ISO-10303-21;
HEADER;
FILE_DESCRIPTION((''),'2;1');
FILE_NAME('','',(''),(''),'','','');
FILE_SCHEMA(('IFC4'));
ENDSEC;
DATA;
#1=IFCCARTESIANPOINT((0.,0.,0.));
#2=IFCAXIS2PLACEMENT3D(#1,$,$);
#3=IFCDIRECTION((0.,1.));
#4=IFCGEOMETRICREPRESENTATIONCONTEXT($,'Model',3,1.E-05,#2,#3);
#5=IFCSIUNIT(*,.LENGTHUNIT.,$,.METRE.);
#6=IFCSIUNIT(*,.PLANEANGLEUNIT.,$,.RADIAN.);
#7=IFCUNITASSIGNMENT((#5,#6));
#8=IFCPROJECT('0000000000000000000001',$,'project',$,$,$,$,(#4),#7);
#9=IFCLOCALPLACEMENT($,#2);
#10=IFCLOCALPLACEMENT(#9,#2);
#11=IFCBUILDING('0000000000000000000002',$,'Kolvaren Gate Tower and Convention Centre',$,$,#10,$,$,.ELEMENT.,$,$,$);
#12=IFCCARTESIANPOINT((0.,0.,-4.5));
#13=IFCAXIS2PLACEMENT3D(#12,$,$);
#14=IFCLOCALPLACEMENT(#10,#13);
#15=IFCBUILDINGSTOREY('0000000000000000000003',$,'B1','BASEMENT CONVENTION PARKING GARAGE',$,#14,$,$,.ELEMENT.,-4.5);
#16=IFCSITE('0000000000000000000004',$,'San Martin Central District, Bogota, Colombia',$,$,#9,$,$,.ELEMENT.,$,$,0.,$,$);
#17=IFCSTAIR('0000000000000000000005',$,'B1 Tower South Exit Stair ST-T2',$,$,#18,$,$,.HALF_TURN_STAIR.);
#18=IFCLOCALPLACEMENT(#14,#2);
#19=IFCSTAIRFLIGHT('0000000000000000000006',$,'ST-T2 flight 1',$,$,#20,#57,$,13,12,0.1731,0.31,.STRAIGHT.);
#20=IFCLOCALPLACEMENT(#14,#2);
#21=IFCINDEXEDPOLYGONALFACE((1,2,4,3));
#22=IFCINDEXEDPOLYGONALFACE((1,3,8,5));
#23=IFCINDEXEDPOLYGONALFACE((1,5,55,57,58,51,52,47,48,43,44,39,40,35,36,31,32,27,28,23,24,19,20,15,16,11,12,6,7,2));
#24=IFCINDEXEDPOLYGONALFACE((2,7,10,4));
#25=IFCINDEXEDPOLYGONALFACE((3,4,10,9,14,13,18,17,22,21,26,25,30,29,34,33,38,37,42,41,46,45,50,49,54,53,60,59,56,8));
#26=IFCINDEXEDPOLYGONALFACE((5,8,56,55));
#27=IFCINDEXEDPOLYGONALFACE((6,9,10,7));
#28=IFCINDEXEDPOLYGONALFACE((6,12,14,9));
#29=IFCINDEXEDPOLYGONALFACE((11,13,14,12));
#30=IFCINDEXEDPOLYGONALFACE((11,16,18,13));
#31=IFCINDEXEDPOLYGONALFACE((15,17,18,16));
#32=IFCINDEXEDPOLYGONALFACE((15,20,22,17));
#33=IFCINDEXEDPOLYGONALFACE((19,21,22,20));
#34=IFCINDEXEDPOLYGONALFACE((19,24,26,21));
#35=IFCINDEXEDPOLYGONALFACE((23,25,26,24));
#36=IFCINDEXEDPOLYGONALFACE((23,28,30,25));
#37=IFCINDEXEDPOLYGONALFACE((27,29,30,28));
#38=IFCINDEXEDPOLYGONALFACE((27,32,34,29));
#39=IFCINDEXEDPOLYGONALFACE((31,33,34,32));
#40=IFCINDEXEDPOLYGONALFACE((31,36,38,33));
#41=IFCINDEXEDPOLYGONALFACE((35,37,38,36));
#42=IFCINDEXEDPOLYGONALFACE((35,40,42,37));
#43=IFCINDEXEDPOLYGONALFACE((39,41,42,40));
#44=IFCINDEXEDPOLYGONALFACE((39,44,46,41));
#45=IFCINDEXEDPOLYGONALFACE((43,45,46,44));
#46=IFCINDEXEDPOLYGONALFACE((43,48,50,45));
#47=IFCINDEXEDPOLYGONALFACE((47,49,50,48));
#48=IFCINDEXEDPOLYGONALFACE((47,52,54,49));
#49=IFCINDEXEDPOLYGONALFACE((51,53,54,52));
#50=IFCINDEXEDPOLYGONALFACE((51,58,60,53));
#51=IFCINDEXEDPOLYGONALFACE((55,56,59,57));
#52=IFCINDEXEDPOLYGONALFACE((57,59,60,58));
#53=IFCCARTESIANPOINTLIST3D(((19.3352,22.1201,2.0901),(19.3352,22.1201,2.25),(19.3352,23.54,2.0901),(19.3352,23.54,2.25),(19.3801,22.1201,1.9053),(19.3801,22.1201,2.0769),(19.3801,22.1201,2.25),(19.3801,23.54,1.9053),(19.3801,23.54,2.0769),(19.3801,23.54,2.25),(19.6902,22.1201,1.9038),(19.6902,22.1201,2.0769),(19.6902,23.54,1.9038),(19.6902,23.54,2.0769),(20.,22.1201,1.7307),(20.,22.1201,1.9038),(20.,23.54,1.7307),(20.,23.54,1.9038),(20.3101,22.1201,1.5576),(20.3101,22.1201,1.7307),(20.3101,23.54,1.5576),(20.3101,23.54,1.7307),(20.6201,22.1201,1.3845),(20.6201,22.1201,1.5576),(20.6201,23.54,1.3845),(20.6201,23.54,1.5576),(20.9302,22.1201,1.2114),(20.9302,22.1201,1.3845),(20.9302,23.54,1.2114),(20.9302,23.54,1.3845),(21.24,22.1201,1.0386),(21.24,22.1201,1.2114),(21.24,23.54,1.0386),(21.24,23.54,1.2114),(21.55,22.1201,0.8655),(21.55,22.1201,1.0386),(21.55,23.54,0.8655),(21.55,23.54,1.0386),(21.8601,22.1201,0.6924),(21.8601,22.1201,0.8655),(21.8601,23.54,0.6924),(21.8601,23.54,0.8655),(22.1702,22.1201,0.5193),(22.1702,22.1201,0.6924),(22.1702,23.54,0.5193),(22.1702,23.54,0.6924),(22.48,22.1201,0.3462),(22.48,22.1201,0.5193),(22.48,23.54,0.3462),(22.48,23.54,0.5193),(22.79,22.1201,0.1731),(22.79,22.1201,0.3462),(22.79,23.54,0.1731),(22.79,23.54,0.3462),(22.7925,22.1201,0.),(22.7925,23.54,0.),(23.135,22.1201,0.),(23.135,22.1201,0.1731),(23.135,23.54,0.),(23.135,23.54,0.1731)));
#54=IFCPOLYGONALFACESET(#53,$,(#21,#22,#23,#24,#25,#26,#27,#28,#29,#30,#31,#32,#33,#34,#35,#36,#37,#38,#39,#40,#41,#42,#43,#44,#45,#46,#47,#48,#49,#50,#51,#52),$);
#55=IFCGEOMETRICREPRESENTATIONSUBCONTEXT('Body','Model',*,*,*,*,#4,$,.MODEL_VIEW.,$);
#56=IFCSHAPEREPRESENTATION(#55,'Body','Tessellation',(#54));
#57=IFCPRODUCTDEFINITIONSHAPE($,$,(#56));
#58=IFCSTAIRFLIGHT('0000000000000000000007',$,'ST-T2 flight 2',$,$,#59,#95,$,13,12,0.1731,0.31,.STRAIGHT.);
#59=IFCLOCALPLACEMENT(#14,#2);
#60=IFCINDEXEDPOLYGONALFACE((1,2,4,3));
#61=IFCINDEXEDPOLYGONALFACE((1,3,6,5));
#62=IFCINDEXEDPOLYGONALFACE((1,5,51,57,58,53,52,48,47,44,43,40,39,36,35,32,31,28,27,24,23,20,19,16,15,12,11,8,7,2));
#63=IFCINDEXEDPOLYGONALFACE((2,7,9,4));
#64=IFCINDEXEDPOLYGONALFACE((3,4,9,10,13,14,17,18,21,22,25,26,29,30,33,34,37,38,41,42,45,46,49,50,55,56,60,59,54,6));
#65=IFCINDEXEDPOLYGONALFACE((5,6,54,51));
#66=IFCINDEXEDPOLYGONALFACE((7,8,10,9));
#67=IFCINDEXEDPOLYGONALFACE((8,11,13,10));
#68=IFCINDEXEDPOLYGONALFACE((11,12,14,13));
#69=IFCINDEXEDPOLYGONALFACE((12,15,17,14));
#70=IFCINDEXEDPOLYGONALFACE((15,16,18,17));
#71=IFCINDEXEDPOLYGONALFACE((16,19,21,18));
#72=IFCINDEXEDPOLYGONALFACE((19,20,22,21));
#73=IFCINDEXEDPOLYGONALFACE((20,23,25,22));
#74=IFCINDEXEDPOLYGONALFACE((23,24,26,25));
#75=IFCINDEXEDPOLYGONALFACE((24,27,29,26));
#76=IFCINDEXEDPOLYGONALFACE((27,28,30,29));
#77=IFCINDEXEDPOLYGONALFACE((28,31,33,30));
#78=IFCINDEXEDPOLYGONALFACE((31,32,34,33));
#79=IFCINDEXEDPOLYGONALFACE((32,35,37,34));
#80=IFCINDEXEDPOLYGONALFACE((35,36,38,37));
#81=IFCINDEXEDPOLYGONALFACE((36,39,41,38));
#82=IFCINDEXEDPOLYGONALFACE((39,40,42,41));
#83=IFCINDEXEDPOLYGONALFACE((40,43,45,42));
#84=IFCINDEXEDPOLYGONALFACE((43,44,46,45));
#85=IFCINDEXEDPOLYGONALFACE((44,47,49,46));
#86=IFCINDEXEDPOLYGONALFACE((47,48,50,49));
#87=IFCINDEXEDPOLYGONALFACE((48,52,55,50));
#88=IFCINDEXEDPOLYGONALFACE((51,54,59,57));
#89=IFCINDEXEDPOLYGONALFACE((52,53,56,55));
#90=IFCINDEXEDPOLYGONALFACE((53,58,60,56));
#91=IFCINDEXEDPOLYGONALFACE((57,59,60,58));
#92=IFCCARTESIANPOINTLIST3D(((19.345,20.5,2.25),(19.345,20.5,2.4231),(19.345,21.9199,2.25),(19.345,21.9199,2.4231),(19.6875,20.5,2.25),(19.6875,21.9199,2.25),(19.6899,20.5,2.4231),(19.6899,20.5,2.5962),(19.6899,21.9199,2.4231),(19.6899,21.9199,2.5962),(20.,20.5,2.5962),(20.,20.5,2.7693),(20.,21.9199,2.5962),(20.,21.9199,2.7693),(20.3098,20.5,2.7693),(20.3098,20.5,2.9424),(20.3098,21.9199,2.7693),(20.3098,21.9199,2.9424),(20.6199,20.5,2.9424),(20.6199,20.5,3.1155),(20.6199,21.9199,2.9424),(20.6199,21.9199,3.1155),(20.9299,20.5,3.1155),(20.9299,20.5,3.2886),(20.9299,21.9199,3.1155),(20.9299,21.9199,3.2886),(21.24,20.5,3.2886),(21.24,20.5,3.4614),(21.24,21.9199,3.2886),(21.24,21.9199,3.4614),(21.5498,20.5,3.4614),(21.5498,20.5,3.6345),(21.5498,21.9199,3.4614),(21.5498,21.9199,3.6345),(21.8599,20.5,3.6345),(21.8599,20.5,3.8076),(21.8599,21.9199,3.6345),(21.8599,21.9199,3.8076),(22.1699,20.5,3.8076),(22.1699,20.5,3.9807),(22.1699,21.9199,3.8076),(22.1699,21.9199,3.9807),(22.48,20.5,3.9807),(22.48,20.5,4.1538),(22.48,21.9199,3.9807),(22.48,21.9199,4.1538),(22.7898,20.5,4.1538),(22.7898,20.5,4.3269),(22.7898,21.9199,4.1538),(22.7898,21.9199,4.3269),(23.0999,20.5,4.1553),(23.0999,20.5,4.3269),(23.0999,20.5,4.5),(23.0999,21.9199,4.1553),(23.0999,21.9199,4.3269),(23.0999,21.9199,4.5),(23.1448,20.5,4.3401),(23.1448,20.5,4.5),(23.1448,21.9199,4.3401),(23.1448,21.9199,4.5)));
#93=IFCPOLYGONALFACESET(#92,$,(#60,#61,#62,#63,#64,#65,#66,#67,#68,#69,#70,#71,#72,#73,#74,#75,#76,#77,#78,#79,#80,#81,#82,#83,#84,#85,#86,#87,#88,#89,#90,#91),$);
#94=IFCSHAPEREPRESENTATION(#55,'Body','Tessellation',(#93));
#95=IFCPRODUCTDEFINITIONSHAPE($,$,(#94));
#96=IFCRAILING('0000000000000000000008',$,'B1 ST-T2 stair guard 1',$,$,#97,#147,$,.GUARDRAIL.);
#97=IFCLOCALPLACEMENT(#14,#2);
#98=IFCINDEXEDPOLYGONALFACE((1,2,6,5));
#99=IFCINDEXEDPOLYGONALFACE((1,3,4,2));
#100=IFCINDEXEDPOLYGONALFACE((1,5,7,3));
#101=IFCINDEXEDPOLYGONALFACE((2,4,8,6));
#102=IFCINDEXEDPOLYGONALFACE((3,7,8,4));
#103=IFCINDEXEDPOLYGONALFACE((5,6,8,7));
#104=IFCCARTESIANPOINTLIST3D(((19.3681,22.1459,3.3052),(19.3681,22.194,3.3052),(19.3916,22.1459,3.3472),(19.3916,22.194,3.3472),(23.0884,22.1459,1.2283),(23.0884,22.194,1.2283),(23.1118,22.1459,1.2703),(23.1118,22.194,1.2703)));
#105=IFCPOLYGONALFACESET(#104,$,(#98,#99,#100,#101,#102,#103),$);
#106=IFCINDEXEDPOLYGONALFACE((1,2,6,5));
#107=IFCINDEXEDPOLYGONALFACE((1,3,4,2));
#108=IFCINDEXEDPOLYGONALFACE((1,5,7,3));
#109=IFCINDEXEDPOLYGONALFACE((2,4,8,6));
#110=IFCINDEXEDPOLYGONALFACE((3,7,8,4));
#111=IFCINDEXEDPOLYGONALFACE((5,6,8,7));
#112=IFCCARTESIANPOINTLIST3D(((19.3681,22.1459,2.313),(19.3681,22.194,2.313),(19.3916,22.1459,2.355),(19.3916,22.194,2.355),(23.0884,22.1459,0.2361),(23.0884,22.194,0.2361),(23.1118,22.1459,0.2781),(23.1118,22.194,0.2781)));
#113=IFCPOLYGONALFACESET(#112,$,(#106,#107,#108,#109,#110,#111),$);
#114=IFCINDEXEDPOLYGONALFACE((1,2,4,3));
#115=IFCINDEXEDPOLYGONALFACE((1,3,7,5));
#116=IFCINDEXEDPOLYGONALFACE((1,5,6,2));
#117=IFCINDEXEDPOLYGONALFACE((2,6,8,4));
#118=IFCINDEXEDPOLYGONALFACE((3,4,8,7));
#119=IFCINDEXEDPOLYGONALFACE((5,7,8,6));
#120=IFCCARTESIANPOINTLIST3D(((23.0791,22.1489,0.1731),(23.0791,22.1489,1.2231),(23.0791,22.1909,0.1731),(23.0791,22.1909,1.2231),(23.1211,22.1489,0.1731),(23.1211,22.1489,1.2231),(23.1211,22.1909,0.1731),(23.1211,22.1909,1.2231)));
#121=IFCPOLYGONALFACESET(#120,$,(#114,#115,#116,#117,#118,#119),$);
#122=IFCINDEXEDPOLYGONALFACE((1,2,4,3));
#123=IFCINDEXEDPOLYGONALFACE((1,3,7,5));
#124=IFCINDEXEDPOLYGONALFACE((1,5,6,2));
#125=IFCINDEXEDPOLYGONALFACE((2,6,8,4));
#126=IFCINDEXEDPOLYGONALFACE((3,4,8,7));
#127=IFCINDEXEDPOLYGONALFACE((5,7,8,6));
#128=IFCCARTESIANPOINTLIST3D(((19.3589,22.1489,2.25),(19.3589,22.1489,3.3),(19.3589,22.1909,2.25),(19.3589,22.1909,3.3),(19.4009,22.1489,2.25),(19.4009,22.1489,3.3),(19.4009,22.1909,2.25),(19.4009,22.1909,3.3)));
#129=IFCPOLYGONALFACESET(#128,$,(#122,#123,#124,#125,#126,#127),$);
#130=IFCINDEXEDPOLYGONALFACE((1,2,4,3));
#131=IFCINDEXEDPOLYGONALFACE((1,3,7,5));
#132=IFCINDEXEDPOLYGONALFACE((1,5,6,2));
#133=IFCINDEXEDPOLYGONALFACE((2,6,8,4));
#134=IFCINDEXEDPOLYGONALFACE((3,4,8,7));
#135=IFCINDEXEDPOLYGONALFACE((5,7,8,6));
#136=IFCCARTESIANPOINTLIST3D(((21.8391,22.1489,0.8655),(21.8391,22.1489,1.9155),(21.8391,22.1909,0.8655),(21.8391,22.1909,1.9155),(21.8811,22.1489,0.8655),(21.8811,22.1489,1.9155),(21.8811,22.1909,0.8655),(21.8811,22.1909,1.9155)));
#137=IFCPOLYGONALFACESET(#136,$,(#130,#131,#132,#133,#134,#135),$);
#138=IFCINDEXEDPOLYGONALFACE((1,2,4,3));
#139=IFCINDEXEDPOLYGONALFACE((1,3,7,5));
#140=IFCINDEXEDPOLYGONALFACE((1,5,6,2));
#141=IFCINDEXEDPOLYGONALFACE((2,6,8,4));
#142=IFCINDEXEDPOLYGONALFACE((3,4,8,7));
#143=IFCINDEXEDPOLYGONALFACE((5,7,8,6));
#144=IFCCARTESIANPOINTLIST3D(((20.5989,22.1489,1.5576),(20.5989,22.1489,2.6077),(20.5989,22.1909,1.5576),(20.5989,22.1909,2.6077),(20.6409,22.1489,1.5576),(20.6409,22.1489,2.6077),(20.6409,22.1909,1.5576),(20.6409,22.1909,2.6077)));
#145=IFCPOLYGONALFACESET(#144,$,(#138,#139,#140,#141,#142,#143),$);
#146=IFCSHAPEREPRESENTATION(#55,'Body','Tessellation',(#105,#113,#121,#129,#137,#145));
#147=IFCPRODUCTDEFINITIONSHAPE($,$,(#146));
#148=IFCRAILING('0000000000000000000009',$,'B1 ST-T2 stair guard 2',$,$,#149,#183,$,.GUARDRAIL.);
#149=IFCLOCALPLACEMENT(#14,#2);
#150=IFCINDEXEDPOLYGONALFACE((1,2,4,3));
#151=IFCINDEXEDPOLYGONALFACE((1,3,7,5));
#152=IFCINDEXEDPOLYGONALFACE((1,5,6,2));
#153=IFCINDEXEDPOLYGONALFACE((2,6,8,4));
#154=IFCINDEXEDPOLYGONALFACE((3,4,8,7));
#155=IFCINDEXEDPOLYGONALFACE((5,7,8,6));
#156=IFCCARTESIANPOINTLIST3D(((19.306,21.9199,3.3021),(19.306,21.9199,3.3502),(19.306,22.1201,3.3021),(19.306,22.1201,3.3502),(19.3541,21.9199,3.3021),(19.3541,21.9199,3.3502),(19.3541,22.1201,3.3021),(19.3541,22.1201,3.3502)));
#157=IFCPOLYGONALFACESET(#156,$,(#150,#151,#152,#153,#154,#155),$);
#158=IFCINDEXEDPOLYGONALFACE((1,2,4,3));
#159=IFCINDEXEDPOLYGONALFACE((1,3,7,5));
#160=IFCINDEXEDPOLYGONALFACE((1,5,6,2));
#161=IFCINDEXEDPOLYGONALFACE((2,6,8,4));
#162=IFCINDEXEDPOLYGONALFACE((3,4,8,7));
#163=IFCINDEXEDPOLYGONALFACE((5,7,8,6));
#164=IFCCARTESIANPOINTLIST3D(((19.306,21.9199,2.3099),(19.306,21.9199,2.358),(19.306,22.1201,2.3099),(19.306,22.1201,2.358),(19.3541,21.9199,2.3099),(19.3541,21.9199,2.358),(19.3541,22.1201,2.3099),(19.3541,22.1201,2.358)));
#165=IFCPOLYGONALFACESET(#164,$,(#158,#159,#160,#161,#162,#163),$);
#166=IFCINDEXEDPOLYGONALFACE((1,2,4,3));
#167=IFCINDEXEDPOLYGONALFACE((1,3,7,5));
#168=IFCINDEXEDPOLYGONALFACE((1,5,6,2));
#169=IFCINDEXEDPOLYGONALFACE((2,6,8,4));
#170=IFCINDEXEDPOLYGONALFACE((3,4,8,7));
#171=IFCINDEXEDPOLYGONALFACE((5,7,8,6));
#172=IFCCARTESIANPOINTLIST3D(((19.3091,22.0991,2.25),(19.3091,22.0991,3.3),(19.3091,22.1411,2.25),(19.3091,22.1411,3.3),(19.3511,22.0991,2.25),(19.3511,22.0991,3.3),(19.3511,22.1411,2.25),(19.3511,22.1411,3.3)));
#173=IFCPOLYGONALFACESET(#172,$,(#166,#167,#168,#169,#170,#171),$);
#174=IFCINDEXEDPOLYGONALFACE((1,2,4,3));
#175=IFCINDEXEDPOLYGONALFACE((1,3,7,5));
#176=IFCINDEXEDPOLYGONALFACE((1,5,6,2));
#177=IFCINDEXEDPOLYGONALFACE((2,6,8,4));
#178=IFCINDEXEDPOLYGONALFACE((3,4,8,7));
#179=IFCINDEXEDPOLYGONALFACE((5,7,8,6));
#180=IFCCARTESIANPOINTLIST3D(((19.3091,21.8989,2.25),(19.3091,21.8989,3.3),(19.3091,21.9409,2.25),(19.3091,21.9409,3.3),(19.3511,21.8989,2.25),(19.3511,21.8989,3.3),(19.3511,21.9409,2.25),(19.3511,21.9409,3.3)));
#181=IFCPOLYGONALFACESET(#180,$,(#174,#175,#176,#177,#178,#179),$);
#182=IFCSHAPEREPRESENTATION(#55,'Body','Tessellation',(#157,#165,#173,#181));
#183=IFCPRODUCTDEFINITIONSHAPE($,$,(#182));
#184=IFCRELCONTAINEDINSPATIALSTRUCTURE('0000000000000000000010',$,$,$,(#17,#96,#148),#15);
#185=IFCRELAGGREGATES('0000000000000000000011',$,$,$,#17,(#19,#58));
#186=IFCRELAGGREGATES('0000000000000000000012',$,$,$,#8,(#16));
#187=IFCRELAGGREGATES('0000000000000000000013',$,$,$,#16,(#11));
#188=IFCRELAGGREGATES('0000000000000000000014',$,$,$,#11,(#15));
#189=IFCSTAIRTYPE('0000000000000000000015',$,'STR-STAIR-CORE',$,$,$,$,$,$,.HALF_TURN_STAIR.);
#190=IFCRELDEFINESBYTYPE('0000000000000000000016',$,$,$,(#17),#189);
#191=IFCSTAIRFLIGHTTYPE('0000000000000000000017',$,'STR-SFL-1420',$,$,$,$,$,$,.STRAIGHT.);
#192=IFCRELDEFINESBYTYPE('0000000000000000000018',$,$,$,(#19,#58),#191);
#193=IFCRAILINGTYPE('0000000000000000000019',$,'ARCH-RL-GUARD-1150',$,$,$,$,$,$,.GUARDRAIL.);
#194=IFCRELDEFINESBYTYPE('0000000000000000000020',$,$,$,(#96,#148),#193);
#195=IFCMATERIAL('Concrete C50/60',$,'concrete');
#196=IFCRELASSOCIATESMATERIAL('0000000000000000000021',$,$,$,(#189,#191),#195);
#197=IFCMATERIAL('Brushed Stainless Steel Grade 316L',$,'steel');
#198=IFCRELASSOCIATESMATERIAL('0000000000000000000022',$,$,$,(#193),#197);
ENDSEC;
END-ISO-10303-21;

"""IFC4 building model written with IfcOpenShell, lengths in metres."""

from ifc_helpers import new_model, si_unit, direction, frame, origin, origin_2d, place, context, subcontext, project, spatial, polyline, rectangle, outline, extrude, material, type_object, element, aggregate, save


model = new_model("IFC4")

# Units and contexts
model_context = context("Model", 3, precision=1e-05, world=origin(), true_north=direction((0.0, 1.0)))
body_context = subcontext(model_context, "Body", "Model", "MODEL_VIEW")
ifc_project = project(units=[si_unit("LENGTHUNIT", "METRE"), si_unit("PLANEANGLEUNIT", "RADIAN")], contexts=[model_context])

# Site, building, storey
site_placement = place(None, origin())
site = spatial("IfcSite", under=ifc_project, at=site_placement, Name="San Martin Central District, Bogota, Colombia", CompositionType="ELEMENT", RefElevation=0.0)
building_placement = place(site_placement, origin())
building = spatial("IfcBuilding", under=site, at=building_placement, Name="Kolvaren Gate Tower and Convention Centre", CompositionType="ELEMENT")
storey_placement = place(building_placement, frame((0.0, 0.0, -4.5)))
storey = spatial("IfcBuildingStorey", under=building, at=storey_placement, Name="B1", Description="BASEMENT CONVENTION PARKING GARAGE", CompositionType="ELEMENT", Elevation=-4.5)

# Shared definitions
ifc_material_1 = material(Name="Brushed Stainless Steel Grade 316L", Category="steel")

# Shared definitions
ifc_material_2 = material(Name="Concrete C50/60", Category="concrete")

# Stair, stair flights
stair_type = type_object("IfcStairType", Name="STR-STAIR-CORE", PredefinedType="HALF_TURN_STAIR", material=ifc_material_2)
stair_placement = place(storey_placement, origin())
stair = element("IfcStair", 1, at=stair_placement, inside=storey, type_object=stair_type, Name="B1 Tower South Exit Stair ST-T2", PredefinedType="HALF_TURN_STAIR")
stair_flight_type = type_object("IfcStairFlightType", Name="STR-SFL-1420", PredefinedType="STRAIGHT", material=ifc_material_2)
stair_flight_1_placement = place(storey_placement, frame((23.1001, 22.8301, 0.0), z_axis=(0.0, 0.0, 1.0), x_axis=(-1.0, 0.0, 0.0)))
stair_flight_1 = element("IfcStairFlight", 2, at=stair_flight_1_placement, type_object=stair_flight_type, Name="ST-T2 flight 1", NumberOfRisers=13, NumberOfTreads=12, PredefinedType="STRAIGHT", RiserHeight=0.1731, TreadLength=0.31, context=body_context, shape_type="SweptSolid", body=[
    extrude(outline(polyline([(-0.0349, 0.0), (-0.0349, 0.1731), (0.3101, 0.1731), (0.3101, 0.3462), (0.6201, 0.3462), (0.6201, 0.5193), (0.9299, 0.5193), (0.9299, 0.6924), (1.24, 0.6924), (1.24, 0.8655), (1.55, 0.8655), (1.55, 1.0386), (1.8601, 1.0386), (1.8601, 1.2114), (2.1699, 1.2114), (2.1699, 1.3845), (2.48, 1.3845), (2.48, 1.5576), (2.79, 1.5576), (2.79, 1.7307), (3.1001, 1.7307), (3.1001, 1.9038), (3.4099, 1.9038), (3.4099, 2.0769), (3.72, 2.0769), (3.72, 2.25), (3.7649, 2.25), (3.7649, 2.0901), (3.72, 1.9053), (0.3076, 0.0), (-0.0349, 0.0)])), frame((0.0, 0.71, 0.0), z_axis=(0.0, -1.0, 0.0), x_axis=(1.0, 0.0, 0.0)), (0.0, 0.0, 1.0), 1.4199),
])
stair_flight_2_placement = place(storey_placement, frame((19.3799, 21.21, 2.25), z_axis=(0.0, 0.0, 1.0), x_axis=(1.0, 0.0, 0.0)))
stair_flight_2 = element("IfcStairFlight", 3, at=stair_flight_2_placement, type_object=stair_flight_type, Name="ST-T2 flight 2", NumberOfRisers=13, NumberOfTreads=12, PredefinedType="STRAIGHT", RiserHeight=0.1731, TreadLength=0.31, context=body_context, shape_type="SweptSolid", body=[
    extrude(outline(polyline([(-0.0349, 0.0), (-0.0349, 0.1731), (0.3101, 0.1731), (0.3101, 0.3462), (0.6201, 0.3462), (0.6201, 0.5193), (0.9299, 0.5193), (0.9299, 0.6924), (1.24, 0.6924), (1.24, 0.8655), (1.55, 0.8655), (1.55, 1.0386), (1.8601, 1.0386), (1.8601, 1.2114), (2.1699, 1.2114), (2.1699, 1.3845), (2.48, 1.3845), (2.48, 1.5576), (2.79, 1.5576), (2.79, 1.7307), (3.1001, 1.7307), (3.1001, 1.9038), (3.4099, 1.9038), (3.4099, 2.0769), (3.72, 2.0769), (3.72, 2.25), (3.7649, 2.25), (3.7649, 2.0901), (3.72, 1.9053), (0.3076, 0.0), (-0.0349, 0.0)])), frame((0.0, 0.71, 0.0), z_axis=(0.0, -1.0, 0.0), x_axis=(1.0, 0.0, 0.0)), (0.0, 0.0, 1.0), 1.4199),
])
aggregate(stair, [stair_flight_1, stair_flight_2])

# Railings
railing_type_1 = type_object("IfcRailingType", Name="ARCH-RL-GUARD-1150", PredefinedType="GUARDRAIL", material=ifc_material_1)
railing_1_placement = place(storey_placement, frame((23.1001, 22.1699, 0.1731)))
element("IfcRailing", 4, at=railing_1_placement, inside=storey, type_object=railing_type_1, Name="B1 ST-T2 stair guard 1", PredefinedType="GUARDRAIL", context=body_context, shape_type="SweptSolid", body=[
    extrude(rectangle(XDim=0.0481, YDim=0.0481, at=origin_2d()), frame((0.0, 0.0, 1.0762), z_axis=(-0.873147, 0.0, 0.487457), x_axis=(0.0, -1.0, 0.0)), (0.0, 0.0, 1.0), 4.2607),
    extrude(rectangle(XDim=0.0481, YDim=0.0481, at=origin_2d()), frame((0.0, 0.0, 0.084), z_axis=(-0.873147, 0.0, 0.487457), x_axis=(0.0, -1.0, 0.0)), (0.0, 0.0, 1.0), 4.2607),
    extrude(rectangle(XDim=0.042, YDim=0.042, at=origin_2d()), origin(), (0.0, 0.0, 1.0), 1.05),
    extrude(rectangle(XDim=0.042, YDim=0.042, at=origin_2d()), frame((-3.7202, 0.0, 2.0769)), (0.0, 0.0, 1.0), 1.05),
    extrude(rectangle(XDim=0.042, YDim=0.042, at=origin_2d()), frame((-1.24, 0.0, 0.6924)), (0.0, 0.0, 1.0), 1.05),
    extrude(rectangle(XDim=0.042, YDim=0.042, at=origin_2d()), frame((-2.4802, 0.0, 1.3845)), (0.0, 0.0, 1.0), 1.05),
])
railing_2_placement = place(storey_placement, frame((19.3301, 22.1201, 2.25)))
element("IfcRailing", 5, at=railing_2_placement, inside=storey, type_object=railing_type_1, Name="B1 ST-T2 stair guard 2", PredefinedType="GUARDRAIL", context=body_context, shape_type="SweptSolid", body=[
    extrude(rectangle(XDim=0.0481, YDim=0.0481, at=origin_2d()), frame((0.0, 0.0, 1.0762), z_axis=(0.0, -1.0, 0.0), x_axis=(1.0, 0.0, 0.0)), (0.0, 0.0, 1.0), 0.2002),
    extrude(rectangle(XDim=0.0481, YDim=0.0481, at=origin_2d()), frame((0.0, 0.0, 0.084), z_axis=(0.0, -1.0, 0.0), x_axis=(1.0, 0.0, 0.0)), (0.0, 0.0, 1.0), 0.2002),
    extrude(rectangle(XDim=0.042, YDim=0.042, at=origin_2d()), origin(), (0.0, 0.0, 1.0), 1.05),
    extrude(rectangle(XDim=0.042, YDim=0.042, at=origin_2d()), frame((0.0, -0.2002, 0.0)), (0.0, 0.0, 1.0), 1.05),
])

save(model, "model.ifc")
